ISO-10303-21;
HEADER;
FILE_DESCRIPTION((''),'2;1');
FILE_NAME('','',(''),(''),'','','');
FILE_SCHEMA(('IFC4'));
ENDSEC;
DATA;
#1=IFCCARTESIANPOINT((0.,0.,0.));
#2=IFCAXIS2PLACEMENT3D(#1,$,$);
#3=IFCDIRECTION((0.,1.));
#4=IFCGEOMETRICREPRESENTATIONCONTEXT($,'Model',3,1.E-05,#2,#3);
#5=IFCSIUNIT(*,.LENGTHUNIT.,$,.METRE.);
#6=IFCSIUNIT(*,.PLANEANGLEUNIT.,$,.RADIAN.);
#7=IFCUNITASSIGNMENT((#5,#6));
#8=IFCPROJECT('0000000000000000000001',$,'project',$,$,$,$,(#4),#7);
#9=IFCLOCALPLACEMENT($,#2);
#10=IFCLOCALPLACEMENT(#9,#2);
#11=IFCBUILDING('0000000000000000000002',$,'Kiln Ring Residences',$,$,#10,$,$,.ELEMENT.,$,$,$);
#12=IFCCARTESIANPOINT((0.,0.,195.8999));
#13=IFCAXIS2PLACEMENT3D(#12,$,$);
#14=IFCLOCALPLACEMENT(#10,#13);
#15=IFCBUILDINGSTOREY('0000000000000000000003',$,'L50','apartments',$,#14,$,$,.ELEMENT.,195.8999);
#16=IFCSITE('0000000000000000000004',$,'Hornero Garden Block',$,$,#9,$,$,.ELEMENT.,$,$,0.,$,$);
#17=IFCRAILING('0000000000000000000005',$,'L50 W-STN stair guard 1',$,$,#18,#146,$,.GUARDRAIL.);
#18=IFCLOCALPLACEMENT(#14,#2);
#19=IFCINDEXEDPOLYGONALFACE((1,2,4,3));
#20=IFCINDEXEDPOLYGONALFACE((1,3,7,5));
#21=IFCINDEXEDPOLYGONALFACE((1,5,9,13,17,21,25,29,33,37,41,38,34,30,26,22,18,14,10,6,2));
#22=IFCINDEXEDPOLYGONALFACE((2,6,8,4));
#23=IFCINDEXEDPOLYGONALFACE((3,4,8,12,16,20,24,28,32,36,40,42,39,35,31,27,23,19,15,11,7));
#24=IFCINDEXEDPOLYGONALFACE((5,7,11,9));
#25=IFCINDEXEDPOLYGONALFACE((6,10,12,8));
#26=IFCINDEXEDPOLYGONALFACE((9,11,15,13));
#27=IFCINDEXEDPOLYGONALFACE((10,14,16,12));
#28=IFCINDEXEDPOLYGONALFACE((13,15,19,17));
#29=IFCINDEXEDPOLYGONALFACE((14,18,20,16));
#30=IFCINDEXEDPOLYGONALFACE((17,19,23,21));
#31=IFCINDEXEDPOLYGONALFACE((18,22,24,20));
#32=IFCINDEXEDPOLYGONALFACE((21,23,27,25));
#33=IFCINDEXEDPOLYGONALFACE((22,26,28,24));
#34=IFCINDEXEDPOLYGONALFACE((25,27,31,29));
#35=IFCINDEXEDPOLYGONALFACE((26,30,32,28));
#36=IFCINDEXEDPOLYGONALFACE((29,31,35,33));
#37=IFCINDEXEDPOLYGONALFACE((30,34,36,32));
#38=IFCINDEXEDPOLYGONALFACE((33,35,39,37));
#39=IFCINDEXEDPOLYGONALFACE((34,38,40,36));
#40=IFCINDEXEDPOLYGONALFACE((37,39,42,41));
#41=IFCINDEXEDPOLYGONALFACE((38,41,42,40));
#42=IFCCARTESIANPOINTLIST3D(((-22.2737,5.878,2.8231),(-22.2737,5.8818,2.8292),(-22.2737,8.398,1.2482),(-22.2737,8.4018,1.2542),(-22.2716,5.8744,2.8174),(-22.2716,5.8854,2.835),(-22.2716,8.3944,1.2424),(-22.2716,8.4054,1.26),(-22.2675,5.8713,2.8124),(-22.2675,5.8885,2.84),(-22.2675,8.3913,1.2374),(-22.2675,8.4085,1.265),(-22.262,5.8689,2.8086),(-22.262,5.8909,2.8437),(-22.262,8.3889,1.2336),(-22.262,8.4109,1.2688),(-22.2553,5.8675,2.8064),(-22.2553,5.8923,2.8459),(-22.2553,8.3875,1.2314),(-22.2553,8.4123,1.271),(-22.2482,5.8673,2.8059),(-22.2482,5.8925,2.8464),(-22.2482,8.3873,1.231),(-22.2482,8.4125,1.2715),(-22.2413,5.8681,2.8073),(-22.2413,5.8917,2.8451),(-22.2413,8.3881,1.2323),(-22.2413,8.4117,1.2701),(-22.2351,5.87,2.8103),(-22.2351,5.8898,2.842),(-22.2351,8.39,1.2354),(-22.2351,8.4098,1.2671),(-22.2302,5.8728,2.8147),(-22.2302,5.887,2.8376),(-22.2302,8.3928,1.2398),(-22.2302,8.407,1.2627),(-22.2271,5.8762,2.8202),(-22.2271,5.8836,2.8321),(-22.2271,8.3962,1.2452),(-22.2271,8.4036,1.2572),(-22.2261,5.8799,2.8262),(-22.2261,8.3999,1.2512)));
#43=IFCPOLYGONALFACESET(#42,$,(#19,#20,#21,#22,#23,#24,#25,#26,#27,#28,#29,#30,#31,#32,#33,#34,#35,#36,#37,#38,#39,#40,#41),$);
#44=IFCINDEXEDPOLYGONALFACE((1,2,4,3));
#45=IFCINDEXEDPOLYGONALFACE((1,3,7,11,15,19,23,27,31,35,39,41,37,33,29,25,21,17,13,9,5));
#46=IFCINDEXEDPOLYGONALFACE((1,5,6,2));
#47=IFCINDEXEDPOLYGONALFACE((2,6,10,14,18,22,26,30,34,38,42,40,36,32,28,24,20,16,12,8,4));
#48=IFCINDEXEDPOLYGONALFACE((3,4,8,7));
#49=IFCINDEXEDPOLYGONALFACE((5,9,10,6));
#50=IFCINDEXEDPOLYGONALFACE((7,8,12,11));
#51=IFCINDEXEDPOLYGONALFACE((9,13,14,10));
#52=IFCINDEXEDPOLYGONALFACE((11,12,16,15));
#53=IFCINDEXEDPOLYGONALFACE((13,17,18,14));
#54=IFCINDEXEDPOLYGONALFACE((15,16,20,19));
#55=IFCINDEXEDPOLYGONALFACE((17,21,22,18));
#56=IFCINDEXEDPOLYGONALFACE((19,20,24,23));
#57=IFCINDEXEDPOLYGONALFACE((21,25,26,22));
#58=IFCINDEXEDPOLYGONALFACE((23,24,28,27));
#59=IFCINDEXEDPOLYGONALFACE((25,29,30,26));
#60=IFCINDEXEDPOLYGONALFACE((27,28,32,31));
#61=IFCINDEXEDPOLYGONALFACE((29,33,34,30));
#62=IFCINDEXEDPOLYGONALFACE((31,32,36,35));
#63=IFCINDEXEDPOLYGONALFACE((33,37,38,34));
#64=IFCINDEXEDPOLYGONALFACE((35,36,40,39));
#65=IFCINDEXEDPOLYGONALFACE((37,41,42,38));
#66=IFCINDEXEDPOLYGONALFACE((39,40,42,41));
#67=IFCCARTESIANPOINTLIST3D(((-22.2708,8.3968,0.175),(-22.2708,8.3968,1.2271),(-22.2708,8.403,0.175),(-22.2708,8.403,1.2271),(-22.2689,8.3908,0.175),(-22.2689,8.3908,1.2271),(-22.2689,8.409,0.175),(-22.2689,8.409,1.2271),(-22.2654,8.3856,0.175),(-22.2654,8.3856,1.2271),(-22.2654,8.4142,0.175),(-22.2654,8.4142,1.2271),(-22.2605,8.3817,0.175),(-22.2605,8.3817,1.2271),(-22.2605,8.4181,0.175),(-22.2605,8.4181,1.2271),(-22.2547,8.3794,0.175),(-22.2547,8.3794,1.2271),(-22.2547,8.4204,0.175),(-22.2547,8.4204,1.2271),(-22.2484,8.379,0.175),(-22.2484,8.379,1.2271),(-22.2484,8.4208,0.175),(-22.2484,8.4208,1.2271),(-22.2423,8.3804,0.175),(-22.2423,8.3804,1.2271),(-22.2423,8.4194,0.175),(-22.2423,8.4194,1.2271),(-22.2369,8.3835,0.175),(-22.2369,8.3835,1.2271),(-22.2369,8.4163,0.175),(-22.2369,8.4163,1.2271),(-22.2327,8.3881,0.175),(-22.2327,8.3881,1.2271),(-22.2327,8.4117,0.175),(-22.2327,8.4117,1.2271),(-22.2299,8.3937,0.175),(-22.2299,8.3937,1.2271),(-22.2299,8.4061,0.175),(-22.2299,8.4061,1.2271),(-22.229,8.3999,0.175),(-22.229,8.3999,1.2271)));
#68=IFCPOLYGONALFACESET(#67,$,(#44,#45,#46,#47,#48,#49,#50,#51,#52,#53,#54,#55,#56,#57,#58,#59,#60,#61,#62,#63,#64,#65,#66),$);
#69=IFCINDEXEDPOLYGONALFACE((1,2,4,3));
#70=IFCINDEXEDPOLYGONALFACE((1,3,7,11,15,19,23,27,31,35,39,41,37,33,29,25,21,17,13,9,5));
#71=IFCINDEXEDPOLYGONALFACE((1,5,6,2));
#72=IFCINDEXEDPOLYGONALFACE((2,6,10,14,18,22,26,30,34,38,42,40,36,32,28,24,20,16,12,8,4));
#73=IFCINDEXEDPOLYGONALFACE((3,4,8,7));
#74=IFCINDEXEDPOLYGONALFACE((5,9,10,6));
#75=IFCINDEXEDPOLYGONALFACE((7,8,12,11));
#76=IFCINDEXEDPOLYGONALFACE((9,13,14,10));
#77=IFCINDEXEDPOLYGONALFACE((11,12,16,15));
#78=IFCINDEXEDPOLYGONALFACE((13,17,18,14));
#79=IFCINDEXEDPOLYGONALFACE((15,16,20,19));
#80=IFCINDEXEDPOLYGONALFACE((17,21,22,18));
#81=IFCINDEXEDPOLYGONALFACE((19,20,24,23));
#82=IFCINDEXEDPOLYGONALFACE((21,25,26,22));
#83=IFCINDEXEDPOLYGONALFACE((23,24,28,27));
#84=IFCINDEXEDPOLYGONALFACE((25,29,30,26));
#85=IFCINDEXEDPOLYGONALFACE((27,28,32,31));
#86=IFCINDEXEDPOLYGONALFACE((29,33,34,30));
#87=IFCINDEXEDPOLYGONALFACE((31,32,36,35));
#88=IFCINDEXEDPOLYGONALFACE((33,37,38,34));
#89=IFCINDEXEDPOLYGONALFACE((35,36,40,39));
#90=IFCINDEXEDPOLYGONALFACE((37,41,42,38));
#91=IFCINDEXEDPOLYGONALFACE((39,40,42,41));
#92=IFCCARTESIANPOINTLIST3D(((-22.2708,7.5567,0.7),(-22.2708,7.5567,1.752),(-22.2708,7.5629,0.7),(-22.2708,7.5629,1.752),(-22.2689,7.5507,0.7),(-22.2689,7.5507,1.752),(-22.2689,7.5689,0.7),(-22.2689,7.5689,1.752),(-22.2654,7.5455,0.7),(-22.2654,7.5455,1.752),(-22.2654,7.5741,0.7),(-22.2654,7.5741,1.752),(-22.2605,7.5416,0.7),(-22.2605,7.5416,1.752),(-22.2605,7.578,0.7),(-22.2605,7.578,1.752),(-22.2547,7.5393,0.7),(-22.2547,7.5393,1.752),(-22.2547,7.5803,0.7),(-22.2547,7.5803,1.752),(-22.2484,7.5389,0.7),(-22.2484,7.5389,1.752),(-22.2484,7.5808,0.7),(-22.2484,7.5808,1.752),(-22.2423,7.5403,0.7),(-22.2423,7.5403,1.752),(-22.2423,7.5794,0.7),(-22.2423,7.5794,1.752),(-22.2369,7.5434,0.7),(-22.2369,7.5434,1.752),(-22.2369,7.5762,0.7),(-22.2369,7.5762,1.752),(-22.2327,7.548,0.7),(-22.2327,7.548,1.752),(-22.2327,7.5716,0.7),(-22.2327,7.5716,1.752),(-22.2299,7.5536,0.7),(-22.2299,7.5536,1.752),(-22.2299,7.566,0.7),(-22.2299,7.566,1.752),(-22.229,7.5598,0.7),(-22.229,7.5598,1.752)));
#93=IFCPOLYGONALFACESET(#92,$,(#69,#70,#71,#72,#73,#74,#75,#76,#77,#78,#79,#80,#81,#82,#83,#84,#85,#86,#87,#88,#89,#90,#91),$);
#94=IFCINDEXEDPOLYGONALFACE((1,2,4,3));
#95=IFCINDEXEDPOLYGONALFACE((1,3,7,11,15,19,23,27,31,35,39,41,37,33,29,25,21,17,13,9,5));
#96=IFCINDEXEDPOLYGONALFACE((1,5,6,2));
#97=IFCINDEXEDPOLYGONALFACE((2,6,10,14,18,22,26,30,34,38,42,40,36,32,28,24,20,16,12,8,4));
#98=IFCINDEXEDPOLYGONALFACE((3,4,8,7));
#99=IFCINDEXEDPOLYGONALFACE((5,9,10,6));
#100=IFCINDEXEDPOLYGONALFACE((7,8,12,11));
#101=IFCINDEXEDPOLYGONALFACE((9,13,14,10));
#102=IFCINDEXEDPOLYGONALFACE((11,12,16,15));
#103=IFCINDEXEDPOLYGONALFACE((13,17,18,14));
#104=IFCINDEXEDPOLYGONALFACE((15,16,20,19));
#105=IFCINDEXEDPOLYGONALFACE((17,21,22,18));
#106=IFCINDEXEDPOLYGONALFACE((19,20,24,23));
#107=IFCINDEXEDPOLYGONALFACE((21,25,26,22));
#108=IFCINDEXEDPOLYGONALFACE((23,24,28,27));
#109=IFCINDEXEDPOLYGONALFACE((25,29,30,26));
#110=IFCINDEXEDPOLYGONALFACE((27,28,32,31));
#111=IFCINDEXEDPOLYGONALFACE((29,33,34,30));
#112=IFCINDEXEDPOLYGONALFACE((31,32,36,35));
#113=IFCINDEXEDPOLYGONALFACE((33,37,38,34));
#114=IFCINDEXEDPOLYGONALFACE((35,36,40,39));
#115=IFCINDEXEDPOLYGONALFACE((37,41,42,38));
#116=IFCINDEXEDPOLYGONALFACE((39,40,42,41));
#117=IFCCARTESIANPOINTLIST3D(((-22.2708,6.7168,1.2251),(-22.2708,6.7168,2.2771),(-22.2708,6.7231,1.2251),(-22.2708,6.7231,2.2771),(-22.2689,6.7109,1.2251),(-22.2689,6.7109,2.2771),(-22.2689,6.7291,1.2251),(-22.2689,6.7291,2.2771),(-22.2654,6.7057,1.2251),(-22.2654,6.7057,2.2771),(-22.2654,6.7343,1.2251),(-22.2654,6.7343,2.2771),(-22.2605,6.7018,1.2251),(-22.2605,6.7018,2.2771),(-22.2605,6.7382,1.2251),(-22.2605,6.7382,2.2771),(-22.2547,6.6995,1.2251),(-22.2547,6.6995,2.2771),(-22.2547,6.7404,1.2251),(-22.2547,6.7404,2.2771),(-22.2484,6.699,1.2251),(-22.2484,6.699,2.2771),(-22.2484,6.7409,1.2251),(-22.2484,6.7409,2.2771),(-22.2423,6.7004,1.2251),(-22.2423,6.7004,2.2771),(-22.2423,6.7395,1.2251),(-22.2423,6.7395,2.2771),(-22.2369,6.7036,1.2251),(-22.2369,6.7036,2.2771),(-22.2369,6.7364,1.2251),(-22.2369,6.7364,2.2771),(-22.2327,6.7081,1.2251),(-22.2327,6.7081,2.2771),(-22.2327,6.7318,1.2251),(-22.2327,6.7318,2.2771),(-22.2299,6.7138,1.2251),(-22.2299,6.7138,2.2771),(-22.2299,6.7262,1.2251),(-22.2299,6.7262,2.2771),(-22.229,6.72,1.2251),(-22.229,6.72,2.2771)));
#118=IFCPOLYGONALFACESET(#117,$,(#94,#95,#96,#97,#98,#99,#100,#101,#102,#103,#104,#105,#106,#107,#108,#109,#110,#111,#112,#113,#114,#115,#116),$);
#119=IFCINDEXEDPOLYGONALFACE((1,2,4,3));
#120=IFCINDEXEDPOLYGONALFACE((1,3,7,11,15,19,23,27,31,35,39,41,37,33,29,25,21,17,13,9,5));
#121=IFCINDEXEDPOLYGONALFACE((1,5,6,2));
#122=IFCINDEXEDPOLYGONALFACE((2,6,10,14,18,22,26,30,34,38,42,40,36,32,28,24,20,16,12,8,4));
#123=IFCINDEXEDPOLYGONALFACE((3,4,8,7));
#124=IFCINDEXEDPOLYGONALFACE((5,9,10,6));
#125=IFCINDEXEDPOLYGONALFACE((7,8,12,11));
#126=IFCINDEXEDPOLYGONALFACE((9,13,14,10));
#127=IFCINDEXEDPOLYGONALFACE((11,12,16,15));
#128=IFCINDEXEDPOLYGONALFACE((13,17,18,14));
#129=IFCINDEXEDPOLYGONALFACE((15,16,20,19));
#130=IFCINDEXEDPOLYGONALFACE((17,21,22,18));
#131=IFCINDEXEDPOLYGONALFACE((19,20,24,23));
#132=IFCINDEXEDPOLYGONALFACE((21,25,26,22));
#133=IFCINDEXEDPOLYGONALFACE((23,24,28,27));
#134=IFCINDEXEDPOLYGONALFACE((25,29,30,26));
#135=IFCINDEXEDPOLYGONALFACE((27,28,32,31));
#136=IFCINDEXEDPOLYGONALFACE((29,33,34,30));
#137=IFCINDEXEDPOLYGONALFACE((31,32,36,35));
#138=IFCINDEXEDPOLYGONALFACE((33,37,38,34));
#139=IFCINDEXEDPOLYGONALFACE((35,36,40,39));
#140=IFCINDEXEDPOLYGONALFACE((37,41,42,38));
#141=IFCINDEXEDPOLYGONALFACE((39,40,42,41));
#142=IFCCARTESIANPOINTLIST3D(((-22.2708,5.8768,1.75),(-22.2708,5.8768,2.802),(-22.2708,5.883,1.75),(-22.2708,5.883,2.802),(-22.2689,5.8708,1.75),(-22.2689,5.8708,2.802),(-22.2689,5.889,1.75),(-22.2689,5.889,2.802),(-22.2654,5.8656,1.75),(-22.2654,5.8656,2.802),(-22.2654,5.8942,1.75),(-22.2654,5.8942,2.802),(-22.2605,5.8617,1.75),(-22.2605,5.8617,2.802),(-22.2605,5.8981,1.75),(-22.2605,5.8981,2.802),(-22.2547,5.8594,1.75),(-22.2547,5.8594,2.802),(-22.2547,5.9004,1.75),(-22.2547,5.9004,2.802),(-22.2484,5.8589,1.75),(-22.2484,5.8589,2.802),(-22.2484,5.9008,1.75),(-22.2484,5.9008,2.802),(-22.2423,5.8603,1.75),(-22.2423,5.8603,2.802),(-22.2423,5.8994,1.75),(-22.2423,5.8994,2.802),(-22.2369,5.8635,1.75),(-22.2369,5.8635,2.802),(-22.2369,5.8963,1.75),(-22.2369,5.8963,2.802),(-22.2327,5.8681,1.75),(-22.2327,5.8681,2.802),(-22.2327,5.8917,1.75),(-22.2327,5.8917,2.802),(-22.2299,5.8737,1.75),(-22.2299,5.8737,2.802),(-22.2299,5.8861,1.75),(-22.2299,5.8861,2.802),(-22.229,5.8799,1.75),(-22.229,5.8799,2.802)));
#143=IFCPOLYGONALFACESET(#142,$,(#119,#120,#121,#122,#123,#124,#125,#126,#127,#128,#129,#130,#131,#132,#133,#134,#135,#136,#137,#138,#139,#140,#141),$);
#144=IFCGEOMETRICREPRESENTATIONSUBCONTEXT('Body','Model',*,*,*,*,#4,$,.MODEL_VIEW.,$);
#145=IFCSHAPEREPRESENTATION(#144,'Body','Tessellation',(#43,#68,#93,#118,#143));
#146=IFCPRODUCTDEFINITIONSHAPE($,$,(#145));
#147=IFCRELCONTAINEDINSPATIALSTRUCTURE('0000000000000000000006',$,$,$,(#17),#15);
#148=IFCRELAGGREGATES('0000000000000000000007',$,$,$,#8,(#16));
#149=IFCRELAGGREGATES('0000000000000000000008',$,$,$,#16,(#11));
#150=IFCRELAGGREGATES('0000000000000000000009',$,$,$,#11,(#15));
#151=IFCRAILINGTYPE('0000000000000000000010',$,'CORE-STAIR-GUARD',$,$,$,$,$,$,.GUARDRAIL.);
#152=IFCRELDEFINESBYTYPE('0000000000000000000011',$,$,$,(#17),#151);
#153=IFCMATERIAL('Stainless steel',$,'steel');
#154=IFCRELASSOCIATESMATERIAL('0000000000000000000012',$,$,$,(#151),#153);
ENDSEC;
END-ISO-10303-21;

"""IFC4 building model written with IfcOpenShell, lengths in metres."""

from ifc_helpers import new_model, si_unit, direction, frame, origin, origin_2d, place, context, subcontext, project, spatial, circle, extrude, material, type_object, element, save


model = new_model("IFC4")

# Units and contexts
model_context = context("Model", 3, precision=1e-05, world=origin(), true_north=direction((0.0, 1.0)))
body_context = subcontext(model_context, "Body", "Model", "MODEL_VIEW")
ifc_project = project(units=[si_unit("LENGTHUNIT", "METRE"), si_unit("PLANEANGLEUNIT", "RADIAN")], contexts=[model_context])

# Site, building, storey
site_placement = place(None, origin())
site = spatial("IfcSite", under=ifc_project, at=site_placement, Name="Hornero Garden Block", CompositionType="ELEMENT", RefElevation=0.0)
building_placement = place(site_placement, origin())
building = spatial("IfcBuilding", under=site, at=building_placement, Name="Kiln Ring Residences", CompositionType="ELEMENT")
storey_placement = place(building_placement, frame((0.0, 0.0, 195.8999)))
storey = spatial("IfcBuildingStorey", under=building, at=storey_placement, Name="L50", Description="apartments", CompositionType="ELEMENT", Elevation=195.8999)

# Railing
ifc_material_1 = material(Name="Stainless steel", Category="steel")
railing_type_1 = type_object("IfcRailingType", Name="CORE-STAIR-GUARD", PredefinedType="GUARDRAIL", material=ifc_material_1)
railing_1_placement = place(storey_placement, frame((-22.25, 8.3999, 0.175)))
element("IfcRailing", 1, at=railing_1_placement, inside=storey, type_object=railing_type_1, Name="L50 W-STN stair guard 1", PredefinedType="GUARDRAIL", context=body_context, shape_type="SweptSolid", body=[
    extrude(circle(Radius=0.0239, at=origin_2d()), frame((0.0, 0.0, 1.0762), z_axis=(0.0, -0.848008, 0.529984), x_axis=(1.0, 0.0, 0.0)), (0.0, 0.0, 1.0), 2.9717),
    extrude(circle(Radius=0.021, at=origin_2d()), origin(), (0.0, 0.0, 1.0), 1.052),
    extrude(circle(Radius=0.021, at=origin_2d()), frame((0.0, -0.8401, 0.5249)), (0.0, 0.0, 1.0), 1.052),
    extrude(circle(Radius=0.021, at=origin_2d()), frame((0.0, -1.6799, 1.05)), (0.0, 0.0, 1.0), 1.052),
    extrude(circle(Radius=0.021, at=origin_2d()), frame((0.0, -2.52, 1.575)), (0.0, 0.0, 1.0), 1.052),
])

save(model, "model.ifc")
